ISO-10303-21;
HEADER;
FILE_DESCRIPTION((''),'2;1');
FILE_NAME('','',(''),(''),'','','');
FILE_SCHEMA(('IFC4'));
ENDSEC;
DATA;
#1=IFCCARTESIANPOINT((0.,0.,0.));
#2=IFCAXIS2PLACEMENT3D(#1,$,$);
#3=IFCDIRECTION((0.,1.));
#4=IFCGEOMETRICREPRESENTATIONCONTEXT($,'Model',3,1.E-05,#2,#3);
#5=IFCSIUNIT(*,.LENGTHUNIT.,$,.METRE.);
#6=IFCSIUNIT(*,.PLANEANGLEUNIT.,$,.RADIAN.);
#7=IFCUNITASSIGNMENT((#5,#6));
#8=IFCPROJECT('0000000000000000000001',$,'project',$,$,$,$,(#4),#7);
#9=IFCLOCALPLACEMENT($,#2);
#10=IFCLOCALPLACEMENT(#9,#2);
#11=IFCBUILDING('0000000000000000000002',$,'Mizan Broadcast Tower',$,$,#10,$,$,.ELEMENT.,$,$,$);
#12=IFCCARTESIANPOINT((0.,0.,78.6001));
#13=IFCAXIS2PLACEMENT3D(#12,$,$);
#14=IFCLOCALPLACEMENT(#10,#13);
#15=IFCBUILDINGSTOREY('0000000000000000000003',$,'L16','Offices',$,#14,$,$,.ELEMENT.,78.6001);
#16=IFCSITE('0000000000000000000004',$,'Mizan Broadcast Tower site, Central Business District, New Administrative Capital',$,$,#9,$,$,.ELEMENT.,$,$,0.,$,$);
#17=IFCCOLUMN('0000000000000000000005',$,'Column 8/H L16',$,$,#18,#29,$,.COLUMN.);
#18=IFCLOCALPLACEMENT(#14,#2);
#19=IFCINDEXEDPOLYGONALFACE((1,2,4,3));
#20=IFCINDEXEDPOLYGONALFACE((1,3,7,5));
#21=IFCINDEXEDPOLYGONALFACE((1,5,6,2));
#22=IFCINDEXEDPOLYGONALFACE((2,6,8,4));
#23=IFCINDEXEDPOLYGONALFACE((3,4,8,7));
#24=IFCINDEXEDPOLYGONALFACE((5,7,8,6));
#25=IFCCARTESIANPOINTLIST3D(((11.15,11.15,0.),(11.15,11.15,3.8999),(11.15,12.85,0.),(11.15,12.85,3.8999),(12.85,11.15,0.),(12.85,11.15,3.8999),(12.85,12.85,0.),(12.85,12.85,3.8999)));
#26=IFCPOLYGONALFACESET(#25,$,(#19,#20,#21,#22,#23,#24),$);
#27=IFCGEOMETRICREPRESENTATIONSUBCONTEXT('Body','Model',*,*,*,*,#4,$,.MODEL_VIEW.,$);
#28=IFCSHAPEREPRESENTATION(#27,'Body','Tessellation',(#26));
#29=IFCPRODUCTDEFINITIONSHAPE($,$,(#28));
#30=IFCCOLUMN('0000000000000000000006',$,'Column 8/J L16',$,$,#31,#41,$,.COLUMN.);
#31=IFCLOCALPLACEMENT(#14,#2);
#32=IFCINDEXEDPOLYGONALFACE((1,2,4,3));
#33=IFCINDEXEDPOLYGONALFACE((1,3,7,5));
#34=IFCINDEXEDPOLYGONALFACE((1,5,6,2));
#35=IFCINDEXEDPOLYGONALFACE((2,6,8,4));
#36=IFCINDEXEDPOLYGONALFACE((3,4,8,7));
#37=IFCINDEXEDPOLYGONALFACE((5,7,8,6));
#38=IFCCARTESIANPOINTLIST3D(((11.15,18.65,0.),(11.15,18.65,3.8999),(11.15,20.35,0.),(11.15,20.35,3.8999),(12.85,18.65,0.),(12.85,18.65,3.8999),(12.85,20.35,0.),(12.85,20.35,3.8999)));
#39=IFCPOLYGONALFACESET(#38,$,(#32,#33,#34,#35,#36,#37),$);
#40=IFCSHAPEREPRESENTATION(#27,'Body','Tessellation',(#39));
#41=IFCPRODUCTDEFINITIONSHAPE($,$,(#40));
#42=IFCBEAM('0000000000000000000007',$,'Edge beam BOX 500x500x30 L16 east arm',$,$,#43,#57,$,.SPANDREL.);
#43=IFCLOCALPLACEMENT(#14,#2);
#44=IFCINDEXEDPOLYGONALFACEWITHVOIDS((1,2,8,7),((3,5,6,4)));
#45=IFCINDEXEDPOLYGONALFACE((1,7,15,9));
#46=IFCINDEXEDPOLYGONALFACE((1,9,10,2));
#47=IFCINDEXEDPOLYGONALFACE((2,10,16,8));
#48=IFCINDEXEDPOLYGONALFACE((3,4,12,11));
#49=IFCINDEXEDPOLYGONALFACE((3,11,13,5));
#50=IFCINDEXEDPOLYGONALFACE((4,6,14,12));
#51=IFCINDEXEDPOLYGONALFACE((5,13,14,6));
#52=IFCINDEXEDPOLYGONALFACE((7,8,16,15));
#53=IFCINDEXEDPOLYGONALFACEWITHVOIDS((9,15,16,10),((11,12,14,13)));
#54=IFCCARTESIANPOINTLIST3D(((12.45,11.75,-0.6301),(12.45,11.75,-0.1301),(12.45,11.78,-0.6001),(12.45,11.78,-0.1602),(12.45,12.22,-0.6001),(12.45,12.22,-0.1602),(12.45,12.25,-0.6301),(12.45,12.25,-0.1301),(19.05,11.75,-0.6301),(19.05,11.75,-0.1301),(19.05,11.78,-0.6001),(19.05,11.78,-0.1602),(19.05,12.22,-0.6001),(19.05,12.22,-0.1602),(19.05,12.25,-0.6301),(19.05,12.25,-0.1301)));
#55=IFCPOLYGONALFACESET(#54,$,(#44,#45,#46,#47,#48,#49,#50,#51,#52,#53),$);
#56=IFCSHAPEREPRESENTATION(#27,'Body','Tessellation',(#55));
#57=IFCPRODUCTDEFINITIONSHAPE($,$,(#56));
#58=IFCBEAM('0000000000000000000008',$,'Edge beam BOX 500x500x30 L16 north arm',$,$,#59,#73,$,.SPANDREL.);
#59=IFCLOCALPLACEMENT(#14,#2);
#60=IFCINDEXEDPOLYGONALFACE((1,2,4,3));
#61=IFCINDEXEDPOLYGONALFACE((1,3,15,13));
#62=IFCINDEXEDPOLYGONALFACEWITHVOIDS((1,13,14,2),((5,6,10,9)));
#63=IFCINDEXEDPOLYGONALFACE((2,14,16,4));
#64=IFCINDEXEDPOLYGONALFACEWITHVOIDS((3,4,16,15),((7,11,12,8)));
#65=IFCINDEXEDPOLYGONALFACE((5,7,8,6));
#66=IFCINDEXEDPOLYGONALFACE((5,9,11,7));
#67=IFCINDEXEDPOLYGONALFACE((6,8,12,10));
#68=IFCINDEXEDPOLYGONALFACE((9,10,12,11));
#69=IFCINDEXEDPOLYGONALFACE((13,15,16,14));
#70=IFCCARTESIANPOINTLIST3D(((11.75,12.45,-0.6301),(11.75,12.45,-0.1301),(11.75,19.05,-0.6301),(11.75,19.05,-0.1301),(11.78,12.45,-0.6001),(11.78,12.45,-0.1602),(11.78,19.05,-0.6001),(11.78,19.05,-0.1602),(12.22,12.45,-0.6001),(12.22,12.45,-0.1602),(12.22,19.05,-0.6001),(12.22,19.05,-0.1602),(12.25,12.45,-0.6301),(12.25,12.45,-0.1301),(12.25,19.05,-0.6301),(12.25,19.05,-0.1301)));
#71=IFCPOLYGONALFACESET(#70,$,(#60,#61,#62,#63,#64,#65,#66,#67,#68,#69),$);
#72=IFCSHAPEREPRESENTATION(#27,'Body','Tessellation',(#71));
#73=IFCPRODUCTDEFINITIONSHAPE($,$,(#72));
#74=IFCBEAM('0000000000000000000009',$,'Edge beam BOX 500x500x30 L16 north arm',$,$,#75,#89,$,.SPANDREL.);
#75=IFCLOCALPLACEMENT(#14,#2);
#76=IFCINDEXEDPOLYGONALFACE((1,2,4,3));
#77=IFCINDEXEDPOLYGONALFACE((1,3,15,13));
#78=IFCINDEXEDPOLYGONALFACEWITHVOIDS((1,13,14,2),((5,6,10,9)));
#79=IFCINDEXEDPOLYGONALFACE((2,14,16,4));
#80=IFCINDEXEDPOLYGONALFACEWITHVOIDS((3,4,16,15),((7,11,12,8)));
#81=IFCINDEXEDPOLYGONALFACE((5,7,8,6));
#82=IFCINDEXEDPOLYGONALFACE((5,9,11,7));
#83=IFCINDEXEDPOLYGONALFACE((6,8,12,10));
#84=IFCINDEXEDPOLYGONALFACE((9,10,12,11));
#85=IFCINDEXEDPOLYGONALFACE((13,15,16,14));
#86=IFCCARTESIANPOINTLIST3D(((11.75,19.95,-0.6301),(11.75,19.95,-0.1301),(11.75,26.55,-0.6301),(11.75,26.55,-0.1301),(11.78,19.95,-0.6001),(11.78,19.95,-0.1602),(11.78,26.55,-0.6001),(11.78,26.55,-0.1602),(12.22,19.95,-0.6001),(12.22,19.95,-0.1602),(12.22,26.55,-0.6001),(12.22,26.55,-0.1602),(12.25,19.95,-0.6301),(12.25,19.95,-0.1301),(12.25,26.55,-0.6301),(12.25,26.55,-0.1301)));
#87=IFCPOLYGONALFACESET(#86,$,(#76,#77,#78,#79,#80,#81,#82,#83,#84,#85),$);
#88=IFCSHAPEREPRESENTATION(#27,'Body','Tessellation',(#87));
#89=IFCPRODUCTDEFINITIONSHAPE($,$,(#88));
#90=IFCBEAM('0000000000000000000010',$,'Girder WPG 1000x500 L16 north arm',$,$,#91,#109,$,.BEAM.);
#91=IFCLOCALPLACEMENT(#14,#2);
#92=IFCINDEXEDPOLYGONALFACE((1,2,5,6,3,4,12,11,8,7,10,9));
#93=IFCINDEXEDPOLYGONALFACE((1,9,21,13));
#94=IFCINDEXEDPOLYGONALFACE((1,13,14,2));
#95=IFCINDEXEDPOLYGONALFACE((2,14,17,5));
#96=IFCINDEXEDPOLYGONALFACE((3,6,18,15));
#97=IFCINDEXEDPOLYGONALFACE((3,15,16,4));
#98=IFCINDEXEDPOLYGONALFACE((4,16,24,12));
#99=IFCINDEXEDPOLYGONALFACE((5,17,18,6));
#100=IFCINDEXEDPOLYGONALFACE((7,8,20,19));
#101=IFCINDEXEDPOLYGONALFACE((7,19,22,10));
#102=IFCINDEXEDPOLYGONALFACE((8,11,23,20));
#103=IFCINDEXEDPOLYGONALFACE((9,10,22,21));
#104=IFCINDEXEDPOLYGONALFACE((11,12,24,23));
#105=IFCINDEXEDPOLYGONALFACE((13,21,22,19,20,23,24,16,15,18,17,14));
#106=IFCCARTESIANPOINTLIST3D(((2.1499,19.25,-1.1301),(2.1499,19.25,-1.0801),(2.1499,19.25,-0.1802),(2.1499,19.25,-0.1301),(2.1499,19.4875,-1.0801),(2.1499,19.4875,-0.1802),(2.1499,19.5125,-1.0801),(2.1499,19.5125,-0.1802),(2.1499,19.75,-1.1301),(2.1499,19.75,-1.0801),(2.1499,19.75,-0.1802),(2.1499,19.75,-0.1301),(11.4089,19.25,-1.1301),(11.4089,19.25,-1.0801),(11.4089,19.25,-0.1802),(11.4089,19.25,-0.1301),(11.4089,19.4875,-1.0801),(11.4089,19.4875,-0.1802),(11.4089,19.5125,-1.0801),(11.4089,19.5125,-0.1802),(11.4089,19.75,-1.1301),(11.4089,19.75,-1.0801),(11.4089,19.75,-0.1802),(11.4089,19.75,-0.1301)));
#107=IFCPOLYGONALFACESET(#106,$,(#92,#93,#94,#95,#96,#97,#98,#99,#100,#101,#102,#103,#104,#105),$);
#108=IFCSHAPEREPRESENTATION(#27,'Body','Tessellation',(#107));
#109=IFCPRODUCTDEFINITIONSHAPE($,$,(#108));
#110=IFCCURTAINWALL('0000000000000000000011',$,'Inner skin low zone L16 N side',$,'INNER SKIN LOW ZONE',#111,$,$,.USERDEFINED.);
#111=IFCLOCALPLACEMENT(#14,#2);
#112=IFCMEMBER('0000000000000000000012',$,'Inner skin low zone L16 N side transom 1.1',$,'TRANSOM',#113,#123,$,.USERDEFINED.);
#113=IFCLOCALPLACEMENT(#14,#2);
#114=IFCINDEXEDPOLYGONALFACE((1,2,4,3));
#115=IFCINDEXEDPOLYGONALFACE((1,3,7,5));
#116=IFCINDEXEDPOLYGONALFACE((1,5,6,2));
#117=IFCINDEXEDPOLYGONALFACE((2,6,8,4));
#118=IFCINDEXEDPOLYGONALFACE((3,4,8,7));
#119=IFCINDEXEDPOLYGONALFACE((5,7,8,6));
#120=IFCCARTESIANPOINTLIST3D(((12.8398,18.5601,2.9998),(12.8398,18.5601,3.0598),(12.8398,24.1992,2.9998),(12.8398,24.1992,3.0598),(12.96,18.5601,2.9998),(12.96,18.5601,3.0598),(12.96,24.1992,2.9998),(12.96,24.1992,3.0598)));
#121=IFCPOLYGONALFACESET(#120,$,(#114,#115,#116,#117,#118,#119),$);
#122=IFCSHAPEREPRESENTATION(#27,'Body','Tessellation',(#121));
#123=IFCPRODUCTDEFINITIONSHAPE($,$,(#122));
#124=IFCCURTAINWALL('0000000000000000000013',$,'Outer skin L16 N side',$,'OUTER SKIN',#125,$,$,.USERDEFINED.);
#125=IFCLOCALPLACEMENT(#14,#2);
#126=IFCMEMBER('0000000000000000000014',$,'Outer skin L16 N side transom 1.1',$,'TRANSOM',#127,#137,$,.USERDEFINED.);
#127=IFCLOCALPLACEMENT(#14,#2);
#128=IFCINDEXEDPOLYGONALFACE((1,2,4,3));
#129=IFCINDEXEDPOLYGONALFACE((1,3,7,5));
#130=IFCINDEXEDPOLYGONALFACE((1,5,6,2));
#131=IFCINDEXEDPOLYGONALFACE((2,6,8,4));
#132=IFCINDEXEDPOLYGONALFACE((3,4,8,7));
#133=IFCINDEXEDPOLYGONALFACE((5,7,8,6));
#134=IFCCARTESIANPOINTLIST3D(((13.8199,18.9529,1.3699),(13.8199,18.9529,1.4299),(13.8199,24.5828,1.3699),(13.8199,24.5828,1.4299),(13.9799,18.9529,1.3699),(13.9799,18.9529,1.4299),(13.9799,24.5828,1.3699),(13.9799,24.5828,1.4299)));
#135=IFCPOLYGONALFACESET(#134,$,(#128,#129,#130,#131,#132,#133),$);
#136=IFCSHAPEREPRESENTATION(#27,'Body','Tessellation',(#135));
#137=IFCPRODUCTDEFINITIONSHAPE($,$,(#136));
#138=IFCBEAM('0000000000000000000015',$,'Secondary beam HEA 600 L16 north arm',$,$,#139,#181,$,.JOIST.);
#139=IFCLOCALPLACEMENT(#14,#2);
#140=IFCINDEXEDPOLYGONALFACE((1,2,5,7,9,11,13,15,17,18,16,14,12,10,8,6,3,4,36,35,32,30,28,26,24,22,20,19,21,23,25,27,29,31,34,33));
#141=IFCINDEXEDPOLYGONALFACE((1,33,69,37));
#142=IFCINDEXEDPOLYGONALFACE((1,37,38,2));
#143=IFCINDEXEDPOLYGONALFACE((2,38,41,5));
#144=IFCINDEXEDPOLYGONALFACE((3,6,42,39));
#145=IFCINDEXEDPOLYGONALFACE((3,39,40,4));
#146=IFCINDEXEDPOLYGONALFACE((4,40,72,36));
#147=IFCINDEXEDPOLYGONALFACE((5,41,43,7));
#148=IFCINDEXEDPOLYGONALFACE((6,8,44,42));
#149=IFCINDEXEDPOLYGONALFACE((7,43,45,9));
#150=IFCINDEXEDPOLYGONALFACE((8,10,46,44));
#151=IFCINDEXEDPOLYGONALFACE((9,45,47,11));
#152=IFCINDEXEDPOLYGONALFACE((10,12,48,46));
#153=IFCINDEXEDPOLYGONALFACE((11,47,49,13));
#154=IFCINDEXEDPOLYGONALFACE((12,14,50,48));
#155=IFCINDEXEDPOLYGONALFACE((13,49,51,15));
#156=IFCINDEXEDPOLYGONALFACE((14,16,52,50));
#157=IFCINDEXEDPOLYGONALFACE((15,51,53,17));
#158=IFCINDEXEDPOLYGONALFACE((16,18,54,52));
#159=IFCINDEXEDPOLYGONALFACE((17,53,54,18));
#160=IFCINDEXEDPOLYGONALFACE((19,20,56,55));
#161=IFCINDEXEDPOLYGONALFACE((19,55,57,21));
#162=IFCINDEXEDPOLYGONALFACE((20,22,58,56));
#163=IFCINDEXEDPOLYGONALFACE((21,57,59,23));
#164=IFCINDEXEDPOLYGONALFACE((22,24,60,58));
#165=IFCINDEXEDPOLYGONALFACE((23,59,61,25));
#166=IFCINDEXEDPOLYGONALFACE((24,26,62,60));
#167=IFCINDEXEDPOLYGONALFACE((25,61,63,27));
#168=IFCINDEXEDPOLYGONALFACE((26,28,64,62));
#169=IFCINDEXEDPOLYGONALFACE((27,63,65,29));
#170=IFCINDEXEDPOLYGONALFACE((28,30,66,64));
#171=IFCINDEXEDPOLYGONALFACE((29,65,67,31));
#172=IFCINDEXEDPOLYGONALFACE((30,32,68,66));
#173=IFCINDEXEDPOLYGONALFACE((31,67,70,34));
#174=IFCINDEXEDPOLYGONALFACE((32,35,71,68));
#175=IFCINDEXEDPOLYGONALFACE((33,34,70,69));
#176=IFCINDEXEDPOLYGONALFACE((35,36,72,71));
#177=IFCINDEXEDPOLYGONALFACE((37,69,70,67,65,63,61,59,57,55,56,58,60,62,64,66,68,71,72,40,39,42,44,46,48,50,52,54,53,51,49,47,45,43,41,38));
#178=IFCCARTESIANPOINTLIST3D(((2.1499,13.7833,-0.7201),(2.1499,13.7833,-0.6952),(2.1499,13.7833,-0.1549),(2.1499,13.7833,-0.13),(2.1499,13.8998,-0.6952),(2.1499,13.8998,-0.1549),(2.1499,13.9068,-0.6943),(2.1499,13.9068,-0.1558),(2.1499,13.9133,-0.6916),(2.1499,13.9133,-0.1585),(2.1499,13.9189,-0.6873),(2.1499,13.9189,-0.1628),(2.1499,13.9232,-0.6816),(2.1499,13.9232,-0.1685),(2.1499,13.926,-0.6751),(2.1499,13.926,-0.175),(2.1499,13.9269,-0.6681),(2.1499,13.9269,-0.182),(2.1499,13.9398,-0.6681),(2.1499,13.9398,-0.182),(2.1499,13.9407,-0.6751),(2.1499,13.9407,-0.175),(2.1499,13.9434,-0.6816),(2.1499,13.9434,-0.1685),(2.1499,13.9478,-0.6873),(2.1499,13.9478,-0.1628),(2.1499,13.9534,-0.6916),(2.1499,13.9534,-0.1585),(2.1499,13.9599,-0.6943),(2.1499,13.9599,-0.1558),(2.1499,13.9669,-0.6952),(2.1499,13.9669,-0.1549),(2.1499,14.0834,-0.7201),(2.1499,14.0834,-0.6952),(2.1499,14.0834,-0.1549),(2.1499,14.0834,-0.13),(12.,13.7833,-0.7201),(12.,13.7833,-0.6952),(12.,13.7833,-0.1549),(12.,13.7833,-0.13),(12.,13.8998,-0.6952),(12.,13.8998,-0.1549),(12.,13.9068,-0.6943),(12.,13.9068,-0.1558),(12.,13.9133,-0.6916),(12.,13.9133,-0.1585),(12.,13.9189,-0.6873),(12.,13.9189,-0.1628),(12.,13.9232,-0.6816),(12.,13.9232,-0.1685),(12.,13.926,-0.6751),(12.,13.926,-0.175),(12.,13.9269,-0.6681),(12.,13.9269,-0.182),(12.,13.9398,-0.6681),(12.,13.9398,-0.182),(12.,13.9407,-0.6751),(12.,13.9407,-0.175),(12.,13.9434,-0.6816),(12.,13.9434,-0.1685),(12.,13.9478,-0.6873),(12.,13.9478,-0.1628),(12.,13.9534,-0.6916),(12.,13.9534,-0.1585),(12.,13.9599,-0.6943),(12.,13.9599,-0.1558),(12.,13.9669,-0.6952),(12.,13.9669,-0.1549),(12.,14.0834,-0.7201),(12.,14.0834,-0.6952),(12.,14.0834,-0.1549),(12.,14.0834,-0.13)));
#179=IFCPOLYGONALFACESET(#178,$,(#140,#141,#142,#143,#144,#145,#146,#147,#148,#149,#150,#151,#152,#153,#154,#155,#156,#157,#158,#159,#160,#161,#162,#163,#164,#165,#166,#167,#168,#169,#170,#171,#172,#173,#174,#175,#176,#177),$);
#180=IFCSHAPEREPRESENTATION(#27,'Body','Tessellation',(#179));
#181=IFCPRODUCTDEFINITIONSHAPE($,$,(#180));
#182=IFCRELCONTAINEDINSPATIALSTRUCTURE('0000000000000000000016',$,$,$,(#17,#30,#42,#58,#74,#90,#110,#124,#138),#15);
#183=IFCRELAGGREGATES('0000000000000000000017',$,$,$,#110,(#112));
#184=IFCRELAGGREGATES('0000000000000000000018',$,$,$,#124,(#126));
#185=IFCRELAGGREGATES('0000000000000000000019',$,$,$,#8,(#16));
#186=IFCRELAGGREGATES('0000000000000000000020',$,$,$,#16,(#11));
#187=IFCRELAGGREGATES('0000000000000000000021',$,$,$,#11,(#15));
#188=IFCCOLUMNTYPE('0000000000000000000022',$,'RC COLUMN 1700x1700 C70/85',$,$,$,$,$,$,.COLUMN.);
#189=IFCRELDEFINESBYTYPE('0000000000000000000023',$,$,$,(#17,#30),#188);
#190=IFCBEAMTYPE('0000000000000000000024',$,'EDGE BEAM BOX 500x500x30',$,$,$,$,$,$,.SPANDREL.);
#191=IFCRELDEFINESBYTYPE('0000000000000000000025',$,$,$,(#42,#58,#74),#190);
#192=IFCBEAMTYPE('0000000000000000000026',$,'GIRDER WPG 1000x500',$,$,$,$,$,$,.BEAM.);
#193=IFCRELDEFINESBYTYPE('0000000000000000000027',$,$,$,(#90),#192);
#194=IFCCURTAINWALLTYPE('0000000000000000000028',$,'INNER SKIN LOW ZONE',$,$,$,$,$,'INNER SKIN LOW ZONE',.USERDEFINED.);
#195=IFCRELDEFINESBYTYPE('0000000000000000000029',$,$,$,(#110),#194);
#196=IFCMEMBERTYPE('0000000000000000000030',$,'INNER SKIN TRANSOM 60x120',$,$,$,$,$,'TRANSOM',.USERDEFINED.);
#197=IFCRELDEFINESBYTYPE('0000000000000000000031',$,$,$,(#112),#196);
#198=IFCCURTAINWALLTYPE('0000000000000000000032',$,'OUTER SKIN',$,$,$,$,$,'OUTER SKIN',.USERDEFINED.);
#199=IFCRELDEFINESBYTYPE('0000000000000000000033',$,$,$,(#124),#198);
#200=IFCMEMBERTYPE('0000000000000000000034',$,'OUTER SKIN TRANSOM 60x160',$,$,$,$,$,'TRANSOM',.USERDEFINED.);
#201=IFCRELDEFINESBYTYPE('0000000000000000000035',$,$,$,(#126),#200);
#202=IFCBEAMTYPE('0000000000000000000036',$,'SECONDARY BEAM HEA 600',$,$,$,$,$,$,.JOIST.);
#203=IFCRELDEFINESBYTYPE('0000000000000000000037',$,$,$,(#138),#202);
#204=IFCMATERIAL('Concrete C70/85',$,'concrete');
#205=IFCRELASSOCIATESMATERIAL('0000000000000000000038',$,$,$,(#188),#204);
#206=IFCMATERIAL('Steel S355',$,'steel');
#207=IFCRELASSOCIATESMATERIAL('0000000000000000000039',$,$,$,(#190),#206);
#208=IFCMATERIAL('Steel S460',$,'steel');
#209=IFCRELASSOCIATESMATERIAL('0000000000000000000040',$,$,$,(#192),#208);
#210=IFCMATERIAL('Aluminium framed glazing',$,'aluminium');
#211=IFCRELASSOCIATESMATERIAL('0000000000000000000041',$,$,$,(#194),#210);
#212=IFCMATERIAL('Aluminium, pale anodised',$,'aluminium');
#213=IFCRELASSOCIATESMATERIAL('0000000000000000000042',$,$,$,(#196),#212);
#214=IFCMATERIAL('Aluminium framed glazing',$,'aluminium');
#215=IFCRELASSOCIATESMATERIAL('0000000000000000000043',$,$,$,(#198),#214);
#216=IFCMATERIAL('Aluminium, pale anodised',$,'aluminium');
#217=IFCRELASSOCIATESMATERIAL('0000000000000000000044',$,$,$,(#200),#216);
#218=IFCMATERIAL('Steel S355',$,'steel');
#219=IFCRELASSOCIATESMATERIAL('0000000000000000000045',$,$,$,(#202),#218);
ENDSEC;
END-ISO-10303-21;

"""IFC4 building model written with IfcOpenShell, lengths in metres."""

from ifc_helpers import new_model, si_unit, direction, frame, origin, origin_2d, place, context, subcontext, project, spatial, rectangle, hollow_rectangle, i_section, extrude, material, material_profile, profile_set, type_object, element, aggregate, save


model = new_model("IFC4")

# Units and contexts
model_context = context("Model", 3, precision=1e-05, world=origin(), true_north=direction((0.0, 1.0)))
body_context = subcontext(model_context, "Body", "Model", "MODEL_VIEW")
ifc_project = project(units=[si_unit("LENGTHUNIT", "METRE"), si_unit("PLANEANGLEUNIT", "RADIAN")], contexts=[model_context])

# Site, building, storey
site_placement = place(None, origin())
site = spatial("IfcSite", under=ifc_project, at=site_placement, Name="Mizan Broadcast Tower site, Central Business District, New Administrative Capital", CompositionType="ELEMENT", RefElevation=0.0)
building_placement = place(site_placement, origin())
building = spatial("IfcBuilding", under=site, at=building_placement, Name="Mizan Broadcast Tower", CompositionType="ELEMENT")
storey_placement = place(building_placement, frame((0.0, 0.0, 78.6001)))
storey = spatial("IfcBuildingStorey", under=building, at=storey_placement, Name="L16", Description="Offices", CompositionType="ELEMENT", Elevation=78.6001)

# Columns
ifc_material_1 = material(Name="Concrete C70/85", Category="concrete")
ifc_material_profile_1 = material_profile(ifc_material_1, rectangle(XDim=1.7, YDim=1.7, at=origin_2d()), Name="RC 1700x1700")
ifc_profile_set_1 = profile_set([ifc_material_profile_1], Name="Concrete C70/85")
column_type = type_object("IfcColumnType", Name="RC COLUMN 1700x1700 C70/85", PredefinedType="COLUMN", material=ifc_profile_set_1)
for number, where, z_axis, x_axis, name in (
    (1, (12.0, 12.0, 0.0), (0.0, 0.0, 1.0), (1.0, 0.0, 0.0), "Column 8/H L16"),
    (2, (12.0, 19.5, 0.0), (0.0, 0.0, 1.0), (1.0, 0.0, 0.0), "Column 8/J L16"),
):
    element("IfcColumn", number, at=place(storey_placement, frame(where, z_axis=z_axis, x_axis=x_axis)), inside=storey, type_object=column_type, Name=name, PredefinedType="COLUMN", context=body_context, shape_type="SweptSolid", body=[
        extrude(rectangle(XDim=1.7, YDim=1.7, at=origin_2d()), origin(), (0.0, 0.0, 1.0), 3.8999),
    ])

# Beams
ifc_material_2 = material(Name="Steel S355", Category="steel")
ifc_material_profile_2 = material_profile(ifc_material_2, hollow_rectangle(XDim=0.5, YDim=0.5, WallThickness=0.03, at=origin_2d()), Name="BOX 500x500x30")
ifc_profile_set_2 = profile_set([ifc_material_profile_2], Name="Steel S355")
beam_type_1 = type_object("IfcBeamType", Name="EDGE BEAM BOX 500x500x30", PredefinedType="SPANDREL", material=ifc_profile_set_2)
for number, where, z_axis, x_axis, name in (
    (3, (12.45, 12.0, -0.3801), (1.0, 0.0, 0.0), (0.0, 1.0, 0.0), "Edge beam BOX 500x500x30 L16 east arm"),
    (4, (12.0, 12.45, -0.3801), (0.0, 1.0, 0.0), (-1.0, 0.0, 0.0), "Edge beam BOX 500x500x30 L16 north arm"),
    (5, (12.0, 19.95, -0.3801), (0.0, 1.0, 0.0), (-1.0, 0.0, 0.0), "Edge beam BOX 500x500x30 L16 north arm"),
):
    element("IfcBeam", number, at=place(storey_placement, frame(where, z_axis=z_axis, x_axis=x_axis)), inside=storey, type_object=beam_type_1, Name=name, PredefinedType="SPANDREL", context=body_context, shape_type="SweptSolid", body=[
        extrude(hollow_rectangle(XDim=0.5, YDim=0.5, WallThickness=0.03, at=origin_2d()), origin(), (0.0, 0.0, 1.0), 6.6001),
    ])
ifc_material_3 = material(Name="Steel S460", Category="steel")
ifc_material_profile_3 = material_profile(ifc_material_3, i_section(OverallWidth=0.5, OverallDepth=1.0, WebThickness=0.0249, FlangeThickness=0.05, at=origin_2d()), Name="WPG 1000x500")
ifc_profile_set_3 = profile_set([ifc_material_profile_3], Name="Steel S460")
beam_type_2 = type_object("IfcBeamType", Name="GIRDER WPG 1000x500", PredefinedType="BEAM", material=ifc_profile_set_3)
beam_1_placement = place(storey_placement, frame((11.4089, 19.5, -0.6301), z_axis=(-1.0, 0.0, 0.0), x_axis=(0.0, -1.0, 0.0)))
element("IfcBeam", 6, at=beam_1_placement, inside=storey, type_object=beam_type_2, Name="Girder WPG 1000x500 L16 north arm", PredefinedType="BEAM", context=body_context, shape_type="SweptSolid", body=[
    extrude(i_section(OverallWidth=0.5, OverallDepth=1.0, WebThickness=0.0249, FlangeThickness=0.05, at=origin_2d()), origin(), (0.0, 0.0, 1.0), 9.259),
])

# Curtain walls, members
ifc_material_4 = material(Name="Aluminium framed glazing", Category="aluminium")
curtain_wall_type_1 = type_object("IfcCurtainWallType", Name="INNER SKIN LOW ZONE", ElementType="INNER SKIN LOW ZONE", PredefinedType="USERDEFINED", material=ifc_material_4)
curtain_wall_1_placement = place(storey_placement, origin())
curtain_wall_1 = element("IfcCurtainWall", 7, at=curtain_wall_1_placement, inside=storey, type_object=curtain_wall_type_1, Name="Inner skin low zone L16 N side", ObjectType="INNER SKIN LOW ZONE", PredefinedType="USERDEFINED")
ifc_material_5 = material(Name="Aluminium, pale anodised", Category="aluminium")
ifc_material_profile_4 = material_profile(ifc_material_5, rectangle(XDim=0.1201, YDim=0.0601, at=origin_2d()), Name="TRANSOM 120x60")
ifc_profile_set_4 = profile_set([ifc_material_profile_4], Name="Aluminium, pale anodised")
member_type_1 = type_object("IfcMemberType", Name="INNER SKIN TRANSOM 60x120", ElementType="TRANSOM", PredefinedType="USERDEFINED", material=ifc_profile_set_4)
member_1_placement = place(storey_placement, frame((12.8999, 18.5601, 3.0298), z_axis=(0.0, 1.0, 0.0), x_axis=(-1.0, 0.0, 0.0)))
member_1 = element("IfcMember", 8, at=member_1_placement, type_object=member_type_1, Name="Inner skin low zone L16 N side transom 1.1", ObjectType="TRANSOM", PredefinedType="USERDEFINED", context=body_context, shape_type="SweptSolid", body=[
    extrude(rectangle(XDim=0.1201, YDim=0.0601, at=origin_2d()), origin(), (0.0, 0.0, 1.0), 5.6392),
])
ifc_material_6 = material(Name="Aluminium framed glazing", Category="aluminium")
curtain_wall_type_2 = type_object("IfcCurtainWallType", Name="OUTER SKIN", ElementType="OUTER SKIN", PredefinedType="USERDEFINED", material=ifc_material_6)
curtain_wall_2_placement = place(storey_placement, origin())
curtain_wall_2 = element("IfcCurtainWall", 9, at=curtain_wall_2_placement, inside=storey, type_object=curtain_wall_type_2, Name="Outer skin L16 N side", ObjectType="OUTER SKIN", PredefinedType="USERDEFINED")
ifc_material_7 = material(Name="Aluminium, pale anodised", Category="aluminium")
ifc_material_profile_5 = material_profile(ifc_material_7, rectangle(XDim=0.1599, YDim=0.0601, at=origin_2d()), Name="TRANSOM 160x60")
ifc_profile_set_5 = profile_set([ifc_material_profile_5], Name="Aluminium, pale anodised")
member_type_2 = type_object("IfcMemberType", Name="OUTER SKIN TRANSOM 60x160", ElementType="TRANSOM", PredefinedType="USERDEFINED", material=ifc_profile_set_5)
member_2_placement = place(storey_placement, frame((13.8999, 18.9529, 1.3999), z_axis=(0.0, 1.0, 0.0), x_axis=(-1.0, 0.0, 0.0)))
member_2 = element("IfcMember", 10, at=member_2_placement, type_object=member_type_2, Name="Outer skin L16 N side transom 1.1", ObjectType="TRANSOM", PredefinedType="USERDEFINED", context=body_context, shape_type="SweptSolid", body=[
    extrude(rectangle(XDim=0.1599, YDim=0.0601, at=origin_2d()), origin(), (0.0, 0.0, 1.0), 5.6299),
])

# Beam
ifc_material_8 = material(Name="Steel S355", Category="steel")
ifc_material_profile_6 = material_profile(ifc_material_8, i_section(OverallWidth=0.3, OverallDepth=0.5901, WebThickness=0.0129, FlangeThickness=0.0249, FilletRadius=0.0271, at=origin_2d()), Name="HEA 600")
ifc_profile_set_6 = profile_set([ifc_material_profile_6], Name="Steel S355")
beam_type_3 = type_object("IfcBeamType", Name="SECONDARY BEAM HEA 600", PredefinedType="JOIST", material=ifc_profile_set_6)
for number, where, z_axis, x_axis, name in (
    (11, (12.0, 13.9333, -0.425), (-1.0, 0.0, 0.0), (0.0, -1.0, 0.0), "Secondary beam HEA 600 L16 north arm"),
):
    element("IfcBeam", number, at=place(storey_placement, frame(where, z_axis=z_axis, x_axis=x_axis)), inside=storey, type_object=beam_type_3, Name=name, PredefinedType="JOIST", context=body_context, shape_type="SweptSolid", body=[
        extrude(i_section(OverallWidth=0.3, OverallDepth=0.5901, WebThickness=0.0129, FlangeThickness=0.0249, FilletRadius=0.0271, at=origin_2d()), origin(), (0.0, 0.0, 1.0), 9.8501),
    ])

aggregate(curtain_wall_1, [member_1])
aggregate(curtain_wall_2, [member_2])

save(model, "model.ifc")
